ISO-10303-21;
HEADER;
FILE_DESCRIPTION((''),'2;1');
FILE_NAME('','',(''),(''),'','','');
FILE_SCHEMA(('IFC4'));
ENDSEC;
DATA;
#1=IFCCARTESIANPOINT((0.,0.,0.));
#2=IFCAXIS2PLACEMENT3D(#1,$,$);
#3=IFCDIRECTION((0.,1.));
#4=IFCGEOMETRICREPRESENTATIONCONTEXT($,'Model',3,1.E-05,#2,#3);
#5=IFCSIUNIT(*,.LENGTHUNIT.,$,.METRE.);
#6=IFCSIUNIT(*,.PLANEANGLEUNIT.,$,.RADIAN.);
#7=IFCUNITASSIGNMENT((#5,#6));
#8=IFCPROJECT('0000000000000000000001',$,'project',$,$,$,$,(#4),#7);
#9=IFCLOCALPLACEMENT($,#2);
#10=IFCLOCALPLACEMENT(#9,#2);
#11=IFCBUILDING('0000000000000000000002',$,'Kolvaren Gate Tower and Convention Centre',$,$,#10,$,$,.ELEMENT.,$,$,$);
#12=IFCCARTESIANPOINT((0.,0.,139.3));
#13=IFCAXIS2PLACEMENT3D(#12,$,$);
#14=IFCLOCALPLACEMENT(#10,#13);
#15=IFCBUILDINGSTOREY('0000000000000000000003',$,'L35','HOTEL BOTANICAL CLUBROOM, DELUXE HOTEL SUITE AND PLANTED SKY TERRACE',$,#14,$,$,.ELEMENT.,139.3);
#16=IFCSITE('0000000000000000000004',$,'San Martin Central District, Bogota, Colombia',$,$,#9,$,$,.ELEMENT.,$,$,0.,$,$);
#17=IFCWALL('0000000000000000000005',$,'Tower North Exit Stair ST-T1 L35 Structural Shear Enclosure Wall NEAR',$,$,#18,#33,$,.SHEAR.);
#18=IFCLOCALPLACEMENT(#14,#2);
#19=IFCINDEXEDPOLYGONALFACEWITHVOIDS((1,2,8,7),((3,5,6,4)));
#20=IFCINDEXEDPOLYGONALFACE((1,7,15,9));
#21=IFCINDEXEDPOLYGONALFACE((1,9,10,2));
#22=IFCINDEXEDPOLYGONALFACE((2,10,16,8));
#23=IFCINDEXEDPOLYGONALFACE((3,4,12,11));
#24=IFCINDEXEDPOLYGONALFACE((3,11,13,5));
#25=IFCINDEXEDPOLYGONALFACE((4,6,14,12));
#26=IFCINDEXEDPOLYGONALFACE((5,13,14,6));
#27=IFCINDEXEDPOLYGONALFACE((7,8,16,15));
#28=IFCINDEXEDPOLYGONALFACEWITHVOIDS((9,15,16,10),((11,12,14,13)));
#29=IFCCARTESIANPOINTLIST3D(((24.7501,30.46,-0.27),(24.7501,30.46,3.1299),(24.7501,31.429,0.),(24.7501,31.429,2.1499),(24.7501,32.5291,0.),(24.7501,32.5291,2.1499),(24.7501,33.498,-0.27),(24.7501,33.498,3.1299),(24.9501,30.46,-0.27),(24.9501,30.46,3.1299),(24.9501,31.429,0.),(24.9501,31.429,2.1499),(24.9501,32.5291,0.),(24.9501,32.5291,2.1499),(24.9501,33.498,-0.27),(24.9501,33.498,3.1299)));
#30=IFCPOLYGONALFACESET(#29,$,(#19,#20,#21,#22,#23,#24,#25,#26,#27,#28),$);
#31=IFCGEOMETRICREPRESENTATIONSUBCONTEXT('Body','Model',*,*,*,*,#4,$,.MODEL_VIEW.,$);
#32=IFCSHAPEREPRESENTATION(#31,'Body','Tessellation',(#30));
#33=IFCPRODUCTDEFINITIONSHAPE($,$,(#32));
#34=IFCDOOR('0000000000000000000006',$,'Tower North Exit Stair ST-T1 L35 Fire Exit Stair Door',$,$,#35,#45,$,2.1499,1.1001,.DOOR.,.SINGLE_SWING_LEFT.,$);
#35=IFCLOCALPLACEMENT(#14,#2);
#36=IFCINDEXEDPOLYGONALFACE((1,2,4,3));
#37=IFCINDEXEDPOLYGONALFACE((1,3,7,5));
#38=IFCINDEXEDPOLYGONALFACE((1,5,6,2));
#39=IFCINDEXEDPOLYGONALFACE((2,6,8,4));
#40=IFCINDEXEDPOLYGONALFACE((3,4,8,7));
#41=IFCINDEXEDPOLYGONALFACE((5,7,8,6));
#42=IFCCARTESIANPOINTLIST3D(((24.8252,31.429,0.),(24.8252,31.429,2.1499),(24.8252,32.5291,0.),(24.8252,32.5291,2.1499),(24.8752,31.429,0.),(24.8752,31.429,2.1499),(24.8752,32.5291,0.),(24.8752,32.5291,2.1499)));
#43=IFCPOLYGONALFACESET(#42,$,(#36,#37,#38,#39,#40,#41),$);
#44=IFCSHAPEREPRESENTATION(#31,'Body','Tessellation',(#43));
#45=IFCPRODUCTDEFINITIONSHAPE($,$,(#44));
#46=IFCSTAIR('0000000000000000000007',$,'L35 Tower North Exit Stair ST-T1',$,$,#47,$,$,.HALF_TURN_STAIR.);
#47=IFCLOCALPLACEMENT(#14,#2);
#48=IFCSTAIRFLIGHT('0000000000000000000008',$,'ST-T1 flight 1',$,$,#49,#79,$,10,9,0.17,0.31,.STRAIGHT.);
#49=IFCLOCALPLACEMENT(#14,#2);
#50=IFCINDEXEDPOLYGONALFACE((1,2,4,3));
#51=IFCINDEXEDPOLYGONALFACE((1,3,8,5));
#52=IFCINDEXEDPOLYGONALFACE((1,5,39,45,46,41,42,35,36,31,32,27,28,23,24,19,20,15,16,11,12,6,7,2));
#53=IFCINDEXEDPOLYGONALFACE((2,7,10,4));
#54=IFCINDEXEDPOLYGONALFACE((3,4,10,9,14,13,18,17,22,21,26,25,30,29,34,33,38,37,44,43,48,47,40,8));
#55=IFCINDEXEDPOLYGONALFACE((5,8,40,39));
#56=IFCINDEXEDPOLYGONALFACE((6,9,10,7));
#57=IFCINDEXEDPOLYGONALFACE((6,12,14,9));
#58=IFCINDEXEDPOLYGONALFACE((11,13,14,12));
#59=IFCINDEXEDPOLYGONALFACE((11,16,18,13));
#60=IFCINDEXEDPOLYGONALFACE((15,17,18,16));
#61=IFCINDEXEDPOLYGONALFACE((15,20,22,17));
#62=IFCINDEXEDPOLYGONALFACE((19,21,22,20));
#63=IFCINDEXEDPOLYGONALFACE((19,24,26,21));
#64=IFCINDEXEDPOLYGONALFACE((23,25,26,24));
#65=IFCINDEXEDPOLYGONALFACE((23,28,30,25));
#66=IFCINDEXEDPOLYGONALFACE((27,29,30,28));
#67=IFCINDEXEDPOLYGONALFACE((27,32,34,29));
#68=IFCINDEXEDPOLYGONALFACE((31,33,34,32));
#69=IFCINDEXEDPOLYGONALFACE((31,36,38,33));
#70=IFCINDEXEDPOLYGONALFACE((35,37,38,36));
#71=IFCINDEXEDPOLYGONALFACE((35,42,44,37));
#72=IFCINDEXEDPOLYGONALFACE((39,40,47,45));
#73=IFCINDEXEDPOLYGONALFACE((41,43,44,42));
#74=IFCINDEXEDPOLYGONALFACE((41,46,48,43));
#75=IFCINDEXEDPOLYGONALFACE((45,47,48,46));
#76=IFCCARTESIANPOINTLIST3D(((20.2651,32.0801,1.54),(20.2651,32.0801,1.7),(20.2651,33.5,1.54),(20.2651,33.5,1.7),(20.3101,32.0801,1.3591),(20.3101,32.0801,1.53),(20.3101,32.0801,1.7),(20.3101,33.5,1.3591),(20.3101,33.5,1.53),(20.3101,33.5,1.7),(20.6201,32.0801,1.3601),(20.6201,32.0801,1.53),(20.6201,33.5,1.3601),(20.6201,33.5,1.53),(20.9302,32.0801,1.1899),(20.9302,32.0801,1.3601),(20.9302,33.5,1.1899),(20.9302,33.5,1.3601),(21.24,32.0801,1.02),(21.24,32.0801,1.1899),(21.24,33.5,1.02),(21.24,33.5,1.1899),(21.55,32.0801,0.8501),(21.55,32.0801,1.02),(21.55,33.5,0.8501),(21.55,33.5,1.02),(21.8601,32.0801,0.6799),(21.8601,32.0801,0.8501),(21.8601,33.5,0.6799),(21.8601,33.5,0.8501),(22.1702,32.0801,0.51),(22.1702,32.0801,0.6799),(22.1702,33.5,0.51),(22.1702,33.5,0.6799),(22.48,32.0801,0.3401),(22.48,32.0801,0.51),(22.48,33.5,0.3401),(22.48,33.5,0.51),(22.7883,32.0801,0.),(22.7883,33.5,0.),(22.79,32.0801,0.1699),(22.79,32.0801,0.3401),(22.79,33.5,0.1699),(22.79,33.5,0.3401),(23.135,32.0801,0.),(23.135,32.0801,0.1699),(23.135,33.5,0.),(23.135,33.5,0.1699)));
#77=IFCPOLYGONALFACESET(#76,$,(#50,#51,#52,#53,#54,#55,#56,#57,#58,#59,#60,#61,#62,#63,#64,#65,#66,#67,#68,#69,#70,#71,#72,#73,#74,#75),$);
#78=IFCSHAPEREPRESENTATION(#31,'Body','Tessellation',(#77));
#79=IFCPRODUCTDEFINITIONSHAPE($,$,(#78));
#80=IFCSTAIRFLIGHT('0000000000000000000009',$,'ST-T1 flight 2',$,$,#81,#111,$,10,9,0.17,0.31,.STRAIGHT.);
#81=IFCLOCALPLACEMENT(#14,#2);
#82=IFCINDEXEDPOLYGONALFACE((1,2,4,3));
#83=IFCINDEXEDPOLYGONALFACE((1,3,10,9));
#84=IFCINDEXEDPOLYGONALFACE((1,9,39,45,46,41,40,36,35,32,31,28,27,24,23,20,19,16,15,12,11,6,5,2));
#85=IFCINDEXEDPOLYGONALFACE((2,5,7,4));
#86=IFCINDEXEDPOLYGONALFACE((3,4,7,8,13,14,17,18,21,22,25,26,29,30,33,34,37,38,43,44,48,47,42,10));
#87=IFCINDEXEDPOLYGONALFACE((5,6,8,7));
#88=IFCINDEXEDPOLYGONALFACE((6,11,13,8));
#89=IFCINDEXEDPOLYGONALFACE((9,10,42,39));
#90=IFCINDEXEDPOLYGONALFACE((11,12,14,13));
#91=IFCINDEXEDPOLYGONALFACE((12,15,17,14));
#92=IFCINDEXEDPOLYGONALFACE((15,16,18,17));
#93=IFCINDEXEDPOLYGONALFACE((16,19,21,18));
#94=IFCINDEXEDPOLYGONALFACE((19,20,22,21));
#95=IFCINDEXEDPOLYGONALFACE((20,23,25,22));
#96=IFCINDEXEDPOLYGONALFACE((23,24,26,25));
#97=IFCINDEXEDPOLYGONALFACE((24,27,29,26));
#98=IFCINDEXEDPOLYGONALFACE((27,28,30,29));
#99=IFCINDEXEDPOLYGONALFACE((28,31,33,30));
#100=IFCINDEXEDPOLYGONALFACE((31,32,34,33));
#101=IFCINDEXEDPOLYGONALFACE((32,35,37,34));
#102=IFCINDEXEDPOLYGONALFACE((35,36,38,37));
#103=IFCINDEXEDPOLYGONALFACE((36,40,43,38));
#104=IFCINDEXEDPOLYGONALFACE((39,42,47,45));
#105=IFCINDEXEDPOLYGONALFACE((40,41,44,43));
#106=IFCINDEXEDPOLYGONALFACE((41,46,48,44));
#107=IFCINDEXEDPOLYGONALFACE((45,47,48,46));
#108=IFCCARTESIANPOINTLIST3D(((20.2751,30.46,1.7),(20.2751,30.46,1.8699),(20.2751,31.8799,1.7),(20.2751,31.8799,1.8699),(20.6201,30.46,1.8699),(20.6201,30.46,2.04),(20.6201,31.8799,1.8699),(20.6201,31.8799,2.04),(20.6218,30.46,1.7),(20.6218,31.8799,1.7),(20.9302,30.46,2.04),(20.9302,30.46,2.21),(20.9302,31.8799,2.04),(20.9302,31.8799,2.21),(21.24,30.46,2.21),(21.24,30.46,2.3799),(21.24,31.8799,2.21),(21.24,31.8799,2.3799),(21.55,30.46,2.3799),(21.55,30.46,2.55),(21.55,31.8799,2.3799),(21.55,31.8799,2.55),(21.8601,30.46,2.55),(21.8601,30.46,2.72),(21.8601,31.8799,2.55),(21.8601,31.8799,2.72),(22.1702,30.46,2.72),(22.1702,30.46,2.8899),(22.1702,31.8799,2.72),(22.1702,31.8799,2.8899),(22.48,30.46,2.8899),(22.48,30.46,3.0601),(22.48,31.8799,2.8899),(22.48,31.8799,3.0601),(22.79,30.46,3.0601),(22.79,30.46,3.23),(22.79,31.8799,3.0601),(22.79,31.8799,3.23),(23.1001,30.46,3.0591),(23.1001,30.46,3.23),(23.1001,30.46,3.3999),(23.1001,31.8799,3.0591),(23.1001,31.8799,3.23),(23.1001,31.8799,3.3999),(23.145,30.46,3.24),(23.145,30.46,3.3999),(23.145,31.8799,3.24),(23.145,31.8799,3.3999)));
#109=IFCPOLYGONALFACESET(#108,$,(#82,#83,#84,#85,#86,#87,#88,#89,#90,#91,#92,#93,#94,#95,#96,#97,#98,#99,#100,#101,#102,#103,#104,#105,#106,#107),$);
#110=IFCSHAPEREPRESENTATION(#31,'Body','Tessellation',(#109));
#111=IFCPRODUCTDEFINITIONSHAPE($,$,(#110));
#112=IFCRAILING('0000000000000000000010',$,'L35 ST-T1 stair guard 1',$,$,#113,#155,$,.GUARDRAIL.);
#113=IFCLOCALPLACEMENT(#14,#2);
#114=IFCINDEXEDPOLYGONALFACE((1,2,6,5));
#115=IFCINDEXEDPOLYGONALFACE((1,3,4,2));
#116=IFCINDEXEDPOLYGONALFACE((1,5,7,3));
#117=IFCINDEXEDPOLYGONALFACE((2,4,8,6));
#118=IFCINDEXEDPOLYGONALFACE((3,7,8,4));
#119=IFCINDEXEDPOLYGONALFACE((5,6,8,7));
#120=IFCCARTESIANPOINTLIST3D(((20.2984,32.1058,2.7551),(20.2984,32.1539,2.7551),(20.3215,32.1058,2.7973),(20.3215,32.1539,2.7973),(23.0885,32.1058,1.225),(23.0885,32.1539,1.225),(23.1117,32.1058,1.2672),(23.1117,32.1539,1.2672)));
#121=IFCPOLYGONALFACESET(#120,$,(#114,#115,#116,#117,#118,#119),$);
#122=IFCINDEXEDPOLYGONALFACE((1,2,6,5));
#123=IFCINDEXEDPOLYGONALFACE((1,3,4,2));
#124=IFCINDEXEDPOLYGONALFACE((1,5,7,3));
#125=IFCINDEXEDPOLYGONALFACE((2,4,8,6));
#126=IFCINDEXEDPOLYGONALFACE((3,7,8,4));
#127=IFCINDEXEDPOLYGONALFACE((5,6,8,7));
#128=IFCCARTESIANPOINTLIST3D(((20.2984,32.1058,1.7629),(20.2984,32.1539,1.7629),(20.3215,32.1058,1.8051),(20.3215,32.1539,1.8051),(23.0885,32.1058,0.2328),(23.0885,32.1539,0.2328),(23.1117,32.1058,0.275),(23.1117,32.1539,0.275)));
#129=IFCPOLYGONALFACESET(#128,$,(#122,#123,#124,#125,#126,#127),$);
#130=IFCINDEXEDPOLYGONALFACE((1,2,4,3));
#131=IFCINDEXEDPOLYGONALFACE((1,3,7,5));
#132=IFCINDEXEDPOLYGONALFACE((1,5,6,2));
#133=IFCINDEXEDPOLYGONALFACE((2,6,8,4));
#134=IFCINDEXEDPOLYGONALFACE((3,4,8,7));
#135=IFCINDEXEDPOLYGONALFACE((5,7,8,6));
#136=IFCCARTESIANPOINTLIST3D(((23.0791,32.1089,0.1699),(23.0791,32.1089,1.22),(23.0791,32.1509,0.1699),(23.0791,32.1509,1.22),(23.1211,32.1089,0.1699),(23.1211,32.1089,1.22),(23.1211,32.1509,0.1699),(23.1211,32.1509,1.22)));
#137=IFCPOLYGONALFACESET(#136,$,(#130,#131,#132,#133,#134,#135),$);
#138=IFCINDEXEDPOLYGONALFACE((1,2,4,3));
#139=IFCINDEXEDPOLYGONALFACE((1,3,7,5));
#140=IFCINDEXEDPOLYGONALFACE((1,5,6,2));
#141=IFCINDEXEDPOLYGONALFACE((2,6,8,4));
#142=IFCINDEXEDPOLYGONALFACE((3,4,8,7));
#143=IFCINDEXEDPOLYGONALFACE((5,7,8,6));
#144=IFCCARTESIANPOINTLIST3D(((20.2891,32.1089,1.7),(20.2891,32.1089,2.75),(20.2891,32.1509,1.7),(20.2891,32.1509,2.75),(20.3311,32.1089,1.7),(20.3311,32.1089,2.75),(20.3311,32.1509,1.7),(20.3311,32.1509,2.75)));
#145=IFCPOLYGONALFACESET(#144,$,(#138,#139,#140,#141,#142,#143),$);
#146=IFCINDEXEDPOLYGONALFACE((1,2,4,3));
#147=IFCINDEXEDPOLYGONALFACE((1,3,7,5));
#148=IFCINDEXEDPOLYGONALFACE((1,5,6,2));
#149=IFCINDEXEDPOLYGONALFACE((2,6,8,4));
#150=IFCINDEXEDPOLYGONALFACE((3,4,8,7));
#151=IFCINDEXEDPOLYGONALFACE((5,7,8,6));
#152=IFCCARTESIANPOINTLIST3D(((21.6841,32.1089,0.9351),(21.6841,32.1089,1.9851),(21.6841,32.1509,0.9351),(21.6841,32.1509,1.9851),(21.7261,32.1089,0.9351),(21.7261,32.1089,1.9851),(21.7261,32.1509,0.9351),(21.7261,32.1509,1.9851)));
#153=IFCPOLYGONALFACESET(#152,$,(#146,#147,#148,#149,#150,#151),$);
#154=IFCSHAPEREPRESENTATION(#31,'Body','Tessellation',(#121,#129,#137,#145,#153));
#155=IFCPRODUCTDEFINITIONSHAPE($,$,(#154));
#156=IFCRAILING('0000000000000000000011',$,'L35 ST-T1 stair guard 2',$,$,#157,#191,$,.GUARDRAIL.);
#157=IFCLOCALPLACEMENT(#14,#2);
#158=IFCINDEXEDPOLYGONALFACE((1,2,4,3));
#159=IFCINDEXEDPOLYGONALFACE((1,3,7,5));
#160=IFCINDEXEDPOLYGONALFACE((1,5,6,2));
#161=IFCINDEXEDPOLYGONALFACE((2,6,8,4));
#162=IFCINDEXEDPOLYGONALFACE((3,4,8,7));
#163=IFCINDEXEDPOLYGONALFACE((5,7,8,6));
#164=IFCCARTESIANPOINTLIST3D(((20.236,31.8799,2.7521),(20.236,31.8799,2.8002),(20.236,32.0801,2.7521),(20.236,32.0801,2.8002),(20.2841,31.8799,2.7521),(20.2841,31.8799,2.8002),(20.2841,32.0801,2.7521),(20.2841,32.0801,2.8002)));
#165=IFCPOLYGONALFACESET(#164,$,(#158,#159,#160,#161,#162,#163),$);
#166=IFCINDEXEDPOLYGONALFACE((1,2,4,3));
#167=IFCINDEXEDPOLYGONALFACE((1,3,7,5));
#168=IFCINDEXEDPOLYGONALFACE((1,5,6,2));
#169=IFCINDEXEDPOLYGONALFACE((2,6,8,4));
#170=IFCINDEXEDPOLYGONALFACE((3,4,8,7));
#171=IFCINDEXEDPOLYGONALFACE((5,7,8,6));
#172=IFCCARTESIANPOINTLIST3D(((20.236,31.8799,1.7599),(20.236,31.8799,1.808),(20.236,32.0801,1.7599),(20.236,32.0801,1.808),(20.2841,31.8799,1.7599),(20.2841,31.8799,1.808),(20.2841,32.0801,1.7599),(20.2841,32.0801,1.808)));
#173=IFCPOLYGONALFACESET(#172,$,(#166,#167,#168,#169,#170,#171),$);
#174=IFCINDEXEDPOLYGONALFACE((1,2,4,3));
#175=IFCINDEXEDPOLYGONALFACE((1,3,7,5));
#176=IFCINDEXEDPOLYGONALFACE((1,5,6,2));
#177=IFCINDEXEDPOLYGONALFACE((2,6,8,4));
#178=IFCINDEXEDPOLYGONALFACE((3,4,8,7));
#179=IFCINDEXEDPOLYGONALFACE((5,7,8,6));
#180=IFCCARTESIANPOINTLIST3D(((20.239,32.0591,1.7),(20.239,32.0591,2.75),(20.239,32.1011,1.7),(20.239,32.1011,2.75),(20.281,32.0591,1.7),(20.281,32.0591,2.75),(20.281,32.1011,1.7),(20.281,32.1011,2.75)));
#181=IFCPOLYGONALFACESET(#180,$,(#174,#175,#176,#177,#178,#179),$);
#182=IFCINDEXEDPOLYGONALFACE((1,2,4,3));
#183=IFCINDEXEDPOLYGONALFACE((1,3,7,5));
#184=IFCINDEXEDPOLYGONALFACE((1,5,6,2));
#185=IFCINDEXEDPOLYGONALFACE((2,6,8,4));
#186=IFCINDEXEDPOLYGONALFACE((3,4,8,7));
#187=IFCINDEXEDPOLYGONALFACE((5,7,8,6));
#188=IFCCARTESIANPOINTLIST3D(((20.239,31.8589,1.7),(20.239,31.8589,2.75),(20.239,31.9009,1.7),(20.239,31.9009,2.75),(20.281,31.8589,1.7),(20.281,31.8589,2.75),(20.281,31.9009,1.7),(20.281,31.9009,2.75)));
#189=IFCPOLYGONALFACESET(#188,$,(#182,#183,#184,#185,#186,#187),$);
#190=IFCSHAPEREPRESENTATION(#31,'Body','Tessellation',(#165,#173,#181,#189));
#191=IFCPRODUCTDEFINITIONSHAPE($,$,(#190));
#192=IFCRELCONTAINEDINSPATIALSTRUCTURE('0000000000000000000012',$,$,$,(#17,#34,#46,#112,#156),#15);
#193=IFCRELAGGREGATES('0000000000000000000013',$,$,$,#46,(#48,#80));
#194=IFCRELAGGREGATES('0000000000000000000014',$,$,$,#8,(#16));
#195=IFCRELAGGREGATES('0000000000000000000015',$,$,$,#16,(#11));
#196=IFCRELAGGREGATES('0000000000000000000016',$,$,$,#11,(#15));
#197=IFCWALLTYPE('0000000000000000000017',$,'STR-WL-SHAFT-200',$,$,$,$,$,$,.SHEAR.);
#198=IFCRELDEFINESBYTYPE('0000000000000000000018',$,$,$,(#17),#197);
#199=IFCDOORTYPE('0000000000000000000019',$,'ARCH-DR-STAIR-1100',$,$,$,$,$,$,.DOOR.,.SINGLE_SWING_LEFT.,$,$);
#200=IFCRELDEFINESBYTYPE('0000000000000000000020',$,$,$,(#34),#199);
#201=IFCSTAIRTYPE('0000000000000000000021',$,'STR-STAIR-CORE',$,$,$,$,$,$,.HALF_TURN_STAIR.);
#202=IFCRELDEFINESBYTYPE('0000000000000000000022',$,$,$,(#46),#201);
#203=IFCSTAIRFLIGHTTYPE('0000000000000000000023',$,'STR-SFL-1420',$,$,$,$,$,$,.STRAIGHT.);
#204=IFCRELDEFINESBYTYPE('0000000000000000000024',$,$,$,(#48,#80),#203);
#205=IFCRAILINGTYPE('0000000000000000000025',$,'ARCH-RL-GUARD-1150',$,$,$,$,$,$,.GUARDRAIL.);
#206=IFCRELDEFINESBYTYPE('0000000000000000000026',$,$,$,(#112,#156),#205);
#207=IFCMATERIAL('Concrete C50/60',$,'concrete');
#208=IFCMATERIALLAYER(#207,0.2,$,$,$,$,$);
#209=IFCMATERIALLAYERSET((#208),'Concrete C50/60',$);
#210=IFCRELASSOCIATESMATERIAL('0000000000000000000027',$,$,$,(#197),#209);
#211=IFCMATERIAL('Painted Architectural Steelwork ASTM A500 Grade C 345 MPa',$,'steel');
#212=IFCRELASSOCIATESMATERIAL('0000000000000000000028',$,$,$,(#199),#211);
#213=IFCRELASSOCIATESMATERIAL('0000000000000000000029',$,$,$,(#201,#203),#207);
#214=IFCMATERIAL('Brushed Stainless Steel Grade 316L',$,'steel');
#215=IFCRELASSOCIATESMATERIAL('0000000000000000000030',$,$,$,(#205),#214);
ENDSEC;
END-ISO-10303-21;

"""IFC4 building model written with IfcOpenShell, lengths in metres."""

from ifc_helpers import new_model, si_unit, direction, frame, frame_2d, origin, origin_2d, place, context, subcontext, project, spatial, polyline, rectangle, outline, extrude, material, layer, layer_set, type_object, element, fill, aggregate, save


model = new_model("IFC4")

# Units and contexts
model_context = context("Model", 3, precision=1e-05, world=origin(), true_north=direction((0.0, 1.0)))
body_context = subcontext(model_context, "Body", "Model", "MODEL_VIEW")
ifc_project = project(units=[si_unit("LENGTHUNIT", "METRE"), si_unit("PLANEANGLEUNIT", "RADIAN")], contexts=[model_context])

# Site, building, storey
site_placement = place(None, origin())
site = spatial("IfcSite", under=ifc_project, at=site_placement, Name="San Martin Central District, Bogota, Colombia", CompositionType="ELEMENT", RefElevation=0.0)
building_placement = place(site_placement, origin())
building = spatial("IfcBuilding", under=site, at=building_placement, Name="Kolvaren Gate Tower and Convention Centre", CompositionType="ELEMENT")
storey_placement = place(building_placement, frame((0.0, 0.0, 139.3)))
storey = spatial("IfcBuildingStorey", under=building, at=storey_placement, Name="L35", Description="HOTEL BOTANICAL CLUBROOM, DELUXE HOTEL SUITE AND PLANTED SKY TERRACE", CompositionType="ELEMENT", Elevation=139.3)

# Shared definitions
ifc_material_1 = material(Name="Brushed Stainless Steel Grade 316L", Category="steel")

# Wall, opening, door
ifc_material_2 = material(Name="Concrete C50/60", Category="concrete")
ifc_layer_1 = layer(ifc_material_2, 0.2)
ifc_layer_set_1 = layer_set([ifc_layer_1], Name="Concrete C50/60")
wall_type_1 = type_object("IfcWallType", Name="STR-WL-SHAFT-200", PredefinedType="SHEAR", material=ifc_layer_set_1)
wall_1_placement = place(storey_placement, frame((24.8501, 30.46, -0.27), z_axis=(0.0, 0.0, 1.0), x_axis=(0.0, 1.0, 0.0)))
wall_1 = element("IfcWall", 1, at=wall_1_placement, inside=storey, type_object=wall_type_1, Name="Tower North Exit Stair ST-T1 L35 Structural Shear Enclosure Wall NEAR", PredefinedType="SHEAR", context=body_context, shape_type="SweptSolid", body=[
    extrude(rectangle(XDim=3.0381, YDim=0.2, at=frame_2d((1.519, 0.0))), origin(), (0.0, 0.0, 1.0), 3.3999),
])
opening_1_placement = place(wall_1_placement, frame((0.969, 0.0, 0.27)))
opening_1 = element("IfcOpeningElement", 2, at=opening_1_placement, cuts=wall_1, PredefinedType="OPENING", context=body_context, shape_type="SweptSolid", body=[
    extrude(rectangle(XDim=1.1001, YDim=2.1499, at=frame_2d((0.55, 1.075))), frame((0.0, 0.1099, 0.0), z_axis=(0.0, -1.0, 0.0), x_axis=(1.0, 0.0, 0.0)), (0.0, 0.0, 1.0), 0.22),
])
ifc_material_3 = material(Name="Painted Architectural Steelwork ASTM A500 Grade C 345 MPa", Category="steel")
door_type_1 = type_object("IfcDoorType", Name="ARCH-DR-STAIR-1100", OperationType="SINGLE_SWING_LEFT", PredefinedType="DOOR", material=ifc_material_3)
door_1_placement = place(opening_1_placement, origin())
door_1 = element("IfcDoor", 3, at=door_1_placement, inside=storey, type_object=door_type_1, Name="Tower North Exit Stair ST-T1 L35 Fire Exit Stair Door", OperationType="SINGLE_SWING_LEFT", OverallHeight=2.1499, OverallWidth=1.1001, PredefinedType="DOOR", context=body_context, shape_type="SweptSolid", body=[
    extrude(rectangle(XDim=1.1001, YDim=2.1499, at=frame_2d((0.55, 1.075))), frame((0.0, 0.0249, 0.0), z_axis=(0.0, -1.0, 0.0), x_axis=(1.0, 0.0, 0.0)), (0.0, 0.0, 1.0), 0.05),
])
fill(opening_1, door_1)

# Stair, stair flights
stair_type = type_object("IfcStairType", Name="STR-STAIR-CORE", PredefinedType="HALF_TURN_STAIR", material=ifc_material_2)
stair_placement = place(storey_placement, origin())
stair = element("IfcStair", 4, at=stair_placement, inside=storey, type_object=stair_type, Name="L35 Tower North Exit Stair ST-T1", PredefinedType="HALF_TURN_STAIR")
stair_flight_type = type_object("IfcStairFlightType", Name="STR-SFL-1420", PredefinedType="STRAIGHT", material=ifc_material_2)
stair_flight_1_placement = place(storey_placement, frame((23.1001, 32.79, 0.0), z_axis=(0.0, 0.0, 1.0), x_axis=(-1.0, 0.0, 0.0)))
stair_flight_1 = element("IfcStairFlight", 5, at=stair_flight_1_placement, type_object=stair_flight_type, Name="ST-T1 flight 1", NumberOfRisers=10, NumberOfTreads=9, PredefinedType="STRAIGHT", RiserHeight=0.17, TreadLength=0.31, context=body_context, shape_type="SweptSolid", body=[
    extrude(outline(polyline([(-0.0349, 0.0), (-0.0349, 0.1699), (0.3101, 0.1699), (0.3101, 0.3401), (0.6201, 0.3401), (0.6201, 0.51), (0.9299, 0.51), (0.9299, 0.6799), (1.24, 0.6799), (1.24, 0.8501), (1.55, 0.8501), (1.55, 1.02), (1.8601, 1.02), (1.8601, 1.1899), (2.1699, 1.1899), (2.1699, 1.3601), (2.48, 1.3601), (2.48, 1.53), (2.79, 1.53), (2.79, 1.7), (2.835, 1.7), (2.835, 1.54), (2.79, 1.3591), (0.3118, 0.0), (-0.0349, 0.0)])), frame((0.0, 0.71, 0.0), z_axis=(0.0, -1.0, 0.0), x_axis=(1.0, 0.0, 0.0)), (0.0, 0.0, 1.0), 1.4199),
])
stair_flight_2_placement = place(storey_placement, frame((20.3101, 31.1699, 1.7), z_axis=(0.0, 0.0, 1.0), x_axis=(1.0, 0.0, 0.0)))
stair_flight_2 = element("IfcStairFlight", 6, at=stair_flight_2_placement, type_object=stair_flight_type, Name="ST-T1 flight 2", NumberOfRisers=10, NumberOfTreads=9, PredefinedType="STRAIGHT", RiserHeight=0.17, TreadLength=0.31, context=body_context, shape_type="SweptSolid", body=[
    extrude(outline(polyline([(-0.0349, 0.0), (-0.0349, 0.1699), (0.3101, 0.1699), (0.3101, 0.3401), (0.6201, 0.3401), (0.6201, 0.51), (0.9299, 0.51), (0.9299, 0.6799), (1.24, 0.6799), (1.24, 0.8501), (1.55, 0.8501), (1.55, 1.02), (1.8601, 1.02), (1.8601, 1.1899), (2.1699, 1.1899), (2.1699, 1.3601), (2.48, 1.3601), (2.48, 1.53), (2.79, 1.53), (2.79, 1.7), (2.835, 1.7), (2.835, 1.54), (2.79, 1.3591), (0.3118, 0.0), (-0.0349, 0.0)])), frame((0.0, 0.71, 0.0), z_axis=(0.0, -1.0, 0.0), x_axis=(1.0, 0.0, 0.0)), (0.0, 0.0, 1.0), 1.4199),
])
aggregate(stair, [stair_flight_1, stair_flight_2])

# Railings
railing_type_1 = type_object("IfcRailingType", Name="ARCH-RL-GUARD-1150", PredefinedType="GUARDRAIL", material=ifc_material_1)
railing_1_placement = place(storey_placement, frame((23.1001, 32.1299, 0.1699)))
element("IfcRailing", 7, at=railing_1_placement, inside=storey, type_object=railing_type_1, Name="L35 ST-T1 stair guard 1", PredefinedType="GUARDRAIL", context=body_context, shape_type="SweptSolid", body=[
    extrude(rectangle(XDim=0.0481, YDim=0.0481, at=origin_2d()), frame((0.0, 0.0, 1.0762), z_axis=(-0.876811, 0.0, 0.480835), x_axis=(0.0, -1.0, 0.0)), (0.0, 0.0, 1.0), 3.1821),
    extrude(rectangle(XDim=0.0481, YDim=0.0481, at=origin_2d()), frame((0.0, 0.0, 0.084), z_axis=(-0.876811, 0.0, 0.480835), x_axis=(0.0, -1.0, 0.0)), (0.0, 0.0, 1.0), 3.1821),
    extrude(rectangle(XDim=0.042, YDim=0.042, at=origin_2d()), origin(), (0.0, 0.0, 1.0), 1.05),
    extrude(rectangle(XDim=0.042, YDim=0.042, at=origin_2d()), frame((-2.79, 0.0, 1.53)), (0.0, 0.0, 1.0), 1.05),
    extrude(rectangle(XDim=0.042, YDim=0.042, at=origin_2d()), frame((-1.395, 0.0, 0.7651)), (0.0, 0.0, 1.0), 1.05),
])
railing_2_placement = place(storey_placement, frame((20.26, 32.0801, 1.7)))
element("IfcRailing", 8, at=railing_2_placement, inside=storey, type_object=railing_type_1, Name="L35 ST-T1 stair guard 2", PredefinedType="GUARDRAIL", context=body_context, shape_type="SweptSolid", body=[
    extrude(rectangle(XDim=0.0481, YDim=0.0481, at=origin_2d()), frame((0.0, 0.0, 1.0762), z_axis=(0.0, -1.0, 0.0), x_axis=(1.0, 0.0, 0.0)), (0.0, 0.0, 1.0), 0.2002),
    extrude(rectangle(XDim=0.0481, YDim=0.0481, at=origin_2d()), frame((0.0, 0.0, 0.084), z_axis=(0.0, -1.0, 0.0), x_axis=(1.0, 0.0, 0.0)), (0.0, 0.0, 1.0), 0.2002),
    extrude(rectangle(XDim=0.042, YDim=0.042, at=origin_2d()), origin(), (0.0, 0.0, 1.0), 1.05),
    extrude(rectangle(XDim=0.042, YDim=0.042, at=origin_2d()), frame((0.0, -0.2002, 0.0)), (0.0, 0.0, 1.0), 1.05),
])

save(model, "model.ifc")
